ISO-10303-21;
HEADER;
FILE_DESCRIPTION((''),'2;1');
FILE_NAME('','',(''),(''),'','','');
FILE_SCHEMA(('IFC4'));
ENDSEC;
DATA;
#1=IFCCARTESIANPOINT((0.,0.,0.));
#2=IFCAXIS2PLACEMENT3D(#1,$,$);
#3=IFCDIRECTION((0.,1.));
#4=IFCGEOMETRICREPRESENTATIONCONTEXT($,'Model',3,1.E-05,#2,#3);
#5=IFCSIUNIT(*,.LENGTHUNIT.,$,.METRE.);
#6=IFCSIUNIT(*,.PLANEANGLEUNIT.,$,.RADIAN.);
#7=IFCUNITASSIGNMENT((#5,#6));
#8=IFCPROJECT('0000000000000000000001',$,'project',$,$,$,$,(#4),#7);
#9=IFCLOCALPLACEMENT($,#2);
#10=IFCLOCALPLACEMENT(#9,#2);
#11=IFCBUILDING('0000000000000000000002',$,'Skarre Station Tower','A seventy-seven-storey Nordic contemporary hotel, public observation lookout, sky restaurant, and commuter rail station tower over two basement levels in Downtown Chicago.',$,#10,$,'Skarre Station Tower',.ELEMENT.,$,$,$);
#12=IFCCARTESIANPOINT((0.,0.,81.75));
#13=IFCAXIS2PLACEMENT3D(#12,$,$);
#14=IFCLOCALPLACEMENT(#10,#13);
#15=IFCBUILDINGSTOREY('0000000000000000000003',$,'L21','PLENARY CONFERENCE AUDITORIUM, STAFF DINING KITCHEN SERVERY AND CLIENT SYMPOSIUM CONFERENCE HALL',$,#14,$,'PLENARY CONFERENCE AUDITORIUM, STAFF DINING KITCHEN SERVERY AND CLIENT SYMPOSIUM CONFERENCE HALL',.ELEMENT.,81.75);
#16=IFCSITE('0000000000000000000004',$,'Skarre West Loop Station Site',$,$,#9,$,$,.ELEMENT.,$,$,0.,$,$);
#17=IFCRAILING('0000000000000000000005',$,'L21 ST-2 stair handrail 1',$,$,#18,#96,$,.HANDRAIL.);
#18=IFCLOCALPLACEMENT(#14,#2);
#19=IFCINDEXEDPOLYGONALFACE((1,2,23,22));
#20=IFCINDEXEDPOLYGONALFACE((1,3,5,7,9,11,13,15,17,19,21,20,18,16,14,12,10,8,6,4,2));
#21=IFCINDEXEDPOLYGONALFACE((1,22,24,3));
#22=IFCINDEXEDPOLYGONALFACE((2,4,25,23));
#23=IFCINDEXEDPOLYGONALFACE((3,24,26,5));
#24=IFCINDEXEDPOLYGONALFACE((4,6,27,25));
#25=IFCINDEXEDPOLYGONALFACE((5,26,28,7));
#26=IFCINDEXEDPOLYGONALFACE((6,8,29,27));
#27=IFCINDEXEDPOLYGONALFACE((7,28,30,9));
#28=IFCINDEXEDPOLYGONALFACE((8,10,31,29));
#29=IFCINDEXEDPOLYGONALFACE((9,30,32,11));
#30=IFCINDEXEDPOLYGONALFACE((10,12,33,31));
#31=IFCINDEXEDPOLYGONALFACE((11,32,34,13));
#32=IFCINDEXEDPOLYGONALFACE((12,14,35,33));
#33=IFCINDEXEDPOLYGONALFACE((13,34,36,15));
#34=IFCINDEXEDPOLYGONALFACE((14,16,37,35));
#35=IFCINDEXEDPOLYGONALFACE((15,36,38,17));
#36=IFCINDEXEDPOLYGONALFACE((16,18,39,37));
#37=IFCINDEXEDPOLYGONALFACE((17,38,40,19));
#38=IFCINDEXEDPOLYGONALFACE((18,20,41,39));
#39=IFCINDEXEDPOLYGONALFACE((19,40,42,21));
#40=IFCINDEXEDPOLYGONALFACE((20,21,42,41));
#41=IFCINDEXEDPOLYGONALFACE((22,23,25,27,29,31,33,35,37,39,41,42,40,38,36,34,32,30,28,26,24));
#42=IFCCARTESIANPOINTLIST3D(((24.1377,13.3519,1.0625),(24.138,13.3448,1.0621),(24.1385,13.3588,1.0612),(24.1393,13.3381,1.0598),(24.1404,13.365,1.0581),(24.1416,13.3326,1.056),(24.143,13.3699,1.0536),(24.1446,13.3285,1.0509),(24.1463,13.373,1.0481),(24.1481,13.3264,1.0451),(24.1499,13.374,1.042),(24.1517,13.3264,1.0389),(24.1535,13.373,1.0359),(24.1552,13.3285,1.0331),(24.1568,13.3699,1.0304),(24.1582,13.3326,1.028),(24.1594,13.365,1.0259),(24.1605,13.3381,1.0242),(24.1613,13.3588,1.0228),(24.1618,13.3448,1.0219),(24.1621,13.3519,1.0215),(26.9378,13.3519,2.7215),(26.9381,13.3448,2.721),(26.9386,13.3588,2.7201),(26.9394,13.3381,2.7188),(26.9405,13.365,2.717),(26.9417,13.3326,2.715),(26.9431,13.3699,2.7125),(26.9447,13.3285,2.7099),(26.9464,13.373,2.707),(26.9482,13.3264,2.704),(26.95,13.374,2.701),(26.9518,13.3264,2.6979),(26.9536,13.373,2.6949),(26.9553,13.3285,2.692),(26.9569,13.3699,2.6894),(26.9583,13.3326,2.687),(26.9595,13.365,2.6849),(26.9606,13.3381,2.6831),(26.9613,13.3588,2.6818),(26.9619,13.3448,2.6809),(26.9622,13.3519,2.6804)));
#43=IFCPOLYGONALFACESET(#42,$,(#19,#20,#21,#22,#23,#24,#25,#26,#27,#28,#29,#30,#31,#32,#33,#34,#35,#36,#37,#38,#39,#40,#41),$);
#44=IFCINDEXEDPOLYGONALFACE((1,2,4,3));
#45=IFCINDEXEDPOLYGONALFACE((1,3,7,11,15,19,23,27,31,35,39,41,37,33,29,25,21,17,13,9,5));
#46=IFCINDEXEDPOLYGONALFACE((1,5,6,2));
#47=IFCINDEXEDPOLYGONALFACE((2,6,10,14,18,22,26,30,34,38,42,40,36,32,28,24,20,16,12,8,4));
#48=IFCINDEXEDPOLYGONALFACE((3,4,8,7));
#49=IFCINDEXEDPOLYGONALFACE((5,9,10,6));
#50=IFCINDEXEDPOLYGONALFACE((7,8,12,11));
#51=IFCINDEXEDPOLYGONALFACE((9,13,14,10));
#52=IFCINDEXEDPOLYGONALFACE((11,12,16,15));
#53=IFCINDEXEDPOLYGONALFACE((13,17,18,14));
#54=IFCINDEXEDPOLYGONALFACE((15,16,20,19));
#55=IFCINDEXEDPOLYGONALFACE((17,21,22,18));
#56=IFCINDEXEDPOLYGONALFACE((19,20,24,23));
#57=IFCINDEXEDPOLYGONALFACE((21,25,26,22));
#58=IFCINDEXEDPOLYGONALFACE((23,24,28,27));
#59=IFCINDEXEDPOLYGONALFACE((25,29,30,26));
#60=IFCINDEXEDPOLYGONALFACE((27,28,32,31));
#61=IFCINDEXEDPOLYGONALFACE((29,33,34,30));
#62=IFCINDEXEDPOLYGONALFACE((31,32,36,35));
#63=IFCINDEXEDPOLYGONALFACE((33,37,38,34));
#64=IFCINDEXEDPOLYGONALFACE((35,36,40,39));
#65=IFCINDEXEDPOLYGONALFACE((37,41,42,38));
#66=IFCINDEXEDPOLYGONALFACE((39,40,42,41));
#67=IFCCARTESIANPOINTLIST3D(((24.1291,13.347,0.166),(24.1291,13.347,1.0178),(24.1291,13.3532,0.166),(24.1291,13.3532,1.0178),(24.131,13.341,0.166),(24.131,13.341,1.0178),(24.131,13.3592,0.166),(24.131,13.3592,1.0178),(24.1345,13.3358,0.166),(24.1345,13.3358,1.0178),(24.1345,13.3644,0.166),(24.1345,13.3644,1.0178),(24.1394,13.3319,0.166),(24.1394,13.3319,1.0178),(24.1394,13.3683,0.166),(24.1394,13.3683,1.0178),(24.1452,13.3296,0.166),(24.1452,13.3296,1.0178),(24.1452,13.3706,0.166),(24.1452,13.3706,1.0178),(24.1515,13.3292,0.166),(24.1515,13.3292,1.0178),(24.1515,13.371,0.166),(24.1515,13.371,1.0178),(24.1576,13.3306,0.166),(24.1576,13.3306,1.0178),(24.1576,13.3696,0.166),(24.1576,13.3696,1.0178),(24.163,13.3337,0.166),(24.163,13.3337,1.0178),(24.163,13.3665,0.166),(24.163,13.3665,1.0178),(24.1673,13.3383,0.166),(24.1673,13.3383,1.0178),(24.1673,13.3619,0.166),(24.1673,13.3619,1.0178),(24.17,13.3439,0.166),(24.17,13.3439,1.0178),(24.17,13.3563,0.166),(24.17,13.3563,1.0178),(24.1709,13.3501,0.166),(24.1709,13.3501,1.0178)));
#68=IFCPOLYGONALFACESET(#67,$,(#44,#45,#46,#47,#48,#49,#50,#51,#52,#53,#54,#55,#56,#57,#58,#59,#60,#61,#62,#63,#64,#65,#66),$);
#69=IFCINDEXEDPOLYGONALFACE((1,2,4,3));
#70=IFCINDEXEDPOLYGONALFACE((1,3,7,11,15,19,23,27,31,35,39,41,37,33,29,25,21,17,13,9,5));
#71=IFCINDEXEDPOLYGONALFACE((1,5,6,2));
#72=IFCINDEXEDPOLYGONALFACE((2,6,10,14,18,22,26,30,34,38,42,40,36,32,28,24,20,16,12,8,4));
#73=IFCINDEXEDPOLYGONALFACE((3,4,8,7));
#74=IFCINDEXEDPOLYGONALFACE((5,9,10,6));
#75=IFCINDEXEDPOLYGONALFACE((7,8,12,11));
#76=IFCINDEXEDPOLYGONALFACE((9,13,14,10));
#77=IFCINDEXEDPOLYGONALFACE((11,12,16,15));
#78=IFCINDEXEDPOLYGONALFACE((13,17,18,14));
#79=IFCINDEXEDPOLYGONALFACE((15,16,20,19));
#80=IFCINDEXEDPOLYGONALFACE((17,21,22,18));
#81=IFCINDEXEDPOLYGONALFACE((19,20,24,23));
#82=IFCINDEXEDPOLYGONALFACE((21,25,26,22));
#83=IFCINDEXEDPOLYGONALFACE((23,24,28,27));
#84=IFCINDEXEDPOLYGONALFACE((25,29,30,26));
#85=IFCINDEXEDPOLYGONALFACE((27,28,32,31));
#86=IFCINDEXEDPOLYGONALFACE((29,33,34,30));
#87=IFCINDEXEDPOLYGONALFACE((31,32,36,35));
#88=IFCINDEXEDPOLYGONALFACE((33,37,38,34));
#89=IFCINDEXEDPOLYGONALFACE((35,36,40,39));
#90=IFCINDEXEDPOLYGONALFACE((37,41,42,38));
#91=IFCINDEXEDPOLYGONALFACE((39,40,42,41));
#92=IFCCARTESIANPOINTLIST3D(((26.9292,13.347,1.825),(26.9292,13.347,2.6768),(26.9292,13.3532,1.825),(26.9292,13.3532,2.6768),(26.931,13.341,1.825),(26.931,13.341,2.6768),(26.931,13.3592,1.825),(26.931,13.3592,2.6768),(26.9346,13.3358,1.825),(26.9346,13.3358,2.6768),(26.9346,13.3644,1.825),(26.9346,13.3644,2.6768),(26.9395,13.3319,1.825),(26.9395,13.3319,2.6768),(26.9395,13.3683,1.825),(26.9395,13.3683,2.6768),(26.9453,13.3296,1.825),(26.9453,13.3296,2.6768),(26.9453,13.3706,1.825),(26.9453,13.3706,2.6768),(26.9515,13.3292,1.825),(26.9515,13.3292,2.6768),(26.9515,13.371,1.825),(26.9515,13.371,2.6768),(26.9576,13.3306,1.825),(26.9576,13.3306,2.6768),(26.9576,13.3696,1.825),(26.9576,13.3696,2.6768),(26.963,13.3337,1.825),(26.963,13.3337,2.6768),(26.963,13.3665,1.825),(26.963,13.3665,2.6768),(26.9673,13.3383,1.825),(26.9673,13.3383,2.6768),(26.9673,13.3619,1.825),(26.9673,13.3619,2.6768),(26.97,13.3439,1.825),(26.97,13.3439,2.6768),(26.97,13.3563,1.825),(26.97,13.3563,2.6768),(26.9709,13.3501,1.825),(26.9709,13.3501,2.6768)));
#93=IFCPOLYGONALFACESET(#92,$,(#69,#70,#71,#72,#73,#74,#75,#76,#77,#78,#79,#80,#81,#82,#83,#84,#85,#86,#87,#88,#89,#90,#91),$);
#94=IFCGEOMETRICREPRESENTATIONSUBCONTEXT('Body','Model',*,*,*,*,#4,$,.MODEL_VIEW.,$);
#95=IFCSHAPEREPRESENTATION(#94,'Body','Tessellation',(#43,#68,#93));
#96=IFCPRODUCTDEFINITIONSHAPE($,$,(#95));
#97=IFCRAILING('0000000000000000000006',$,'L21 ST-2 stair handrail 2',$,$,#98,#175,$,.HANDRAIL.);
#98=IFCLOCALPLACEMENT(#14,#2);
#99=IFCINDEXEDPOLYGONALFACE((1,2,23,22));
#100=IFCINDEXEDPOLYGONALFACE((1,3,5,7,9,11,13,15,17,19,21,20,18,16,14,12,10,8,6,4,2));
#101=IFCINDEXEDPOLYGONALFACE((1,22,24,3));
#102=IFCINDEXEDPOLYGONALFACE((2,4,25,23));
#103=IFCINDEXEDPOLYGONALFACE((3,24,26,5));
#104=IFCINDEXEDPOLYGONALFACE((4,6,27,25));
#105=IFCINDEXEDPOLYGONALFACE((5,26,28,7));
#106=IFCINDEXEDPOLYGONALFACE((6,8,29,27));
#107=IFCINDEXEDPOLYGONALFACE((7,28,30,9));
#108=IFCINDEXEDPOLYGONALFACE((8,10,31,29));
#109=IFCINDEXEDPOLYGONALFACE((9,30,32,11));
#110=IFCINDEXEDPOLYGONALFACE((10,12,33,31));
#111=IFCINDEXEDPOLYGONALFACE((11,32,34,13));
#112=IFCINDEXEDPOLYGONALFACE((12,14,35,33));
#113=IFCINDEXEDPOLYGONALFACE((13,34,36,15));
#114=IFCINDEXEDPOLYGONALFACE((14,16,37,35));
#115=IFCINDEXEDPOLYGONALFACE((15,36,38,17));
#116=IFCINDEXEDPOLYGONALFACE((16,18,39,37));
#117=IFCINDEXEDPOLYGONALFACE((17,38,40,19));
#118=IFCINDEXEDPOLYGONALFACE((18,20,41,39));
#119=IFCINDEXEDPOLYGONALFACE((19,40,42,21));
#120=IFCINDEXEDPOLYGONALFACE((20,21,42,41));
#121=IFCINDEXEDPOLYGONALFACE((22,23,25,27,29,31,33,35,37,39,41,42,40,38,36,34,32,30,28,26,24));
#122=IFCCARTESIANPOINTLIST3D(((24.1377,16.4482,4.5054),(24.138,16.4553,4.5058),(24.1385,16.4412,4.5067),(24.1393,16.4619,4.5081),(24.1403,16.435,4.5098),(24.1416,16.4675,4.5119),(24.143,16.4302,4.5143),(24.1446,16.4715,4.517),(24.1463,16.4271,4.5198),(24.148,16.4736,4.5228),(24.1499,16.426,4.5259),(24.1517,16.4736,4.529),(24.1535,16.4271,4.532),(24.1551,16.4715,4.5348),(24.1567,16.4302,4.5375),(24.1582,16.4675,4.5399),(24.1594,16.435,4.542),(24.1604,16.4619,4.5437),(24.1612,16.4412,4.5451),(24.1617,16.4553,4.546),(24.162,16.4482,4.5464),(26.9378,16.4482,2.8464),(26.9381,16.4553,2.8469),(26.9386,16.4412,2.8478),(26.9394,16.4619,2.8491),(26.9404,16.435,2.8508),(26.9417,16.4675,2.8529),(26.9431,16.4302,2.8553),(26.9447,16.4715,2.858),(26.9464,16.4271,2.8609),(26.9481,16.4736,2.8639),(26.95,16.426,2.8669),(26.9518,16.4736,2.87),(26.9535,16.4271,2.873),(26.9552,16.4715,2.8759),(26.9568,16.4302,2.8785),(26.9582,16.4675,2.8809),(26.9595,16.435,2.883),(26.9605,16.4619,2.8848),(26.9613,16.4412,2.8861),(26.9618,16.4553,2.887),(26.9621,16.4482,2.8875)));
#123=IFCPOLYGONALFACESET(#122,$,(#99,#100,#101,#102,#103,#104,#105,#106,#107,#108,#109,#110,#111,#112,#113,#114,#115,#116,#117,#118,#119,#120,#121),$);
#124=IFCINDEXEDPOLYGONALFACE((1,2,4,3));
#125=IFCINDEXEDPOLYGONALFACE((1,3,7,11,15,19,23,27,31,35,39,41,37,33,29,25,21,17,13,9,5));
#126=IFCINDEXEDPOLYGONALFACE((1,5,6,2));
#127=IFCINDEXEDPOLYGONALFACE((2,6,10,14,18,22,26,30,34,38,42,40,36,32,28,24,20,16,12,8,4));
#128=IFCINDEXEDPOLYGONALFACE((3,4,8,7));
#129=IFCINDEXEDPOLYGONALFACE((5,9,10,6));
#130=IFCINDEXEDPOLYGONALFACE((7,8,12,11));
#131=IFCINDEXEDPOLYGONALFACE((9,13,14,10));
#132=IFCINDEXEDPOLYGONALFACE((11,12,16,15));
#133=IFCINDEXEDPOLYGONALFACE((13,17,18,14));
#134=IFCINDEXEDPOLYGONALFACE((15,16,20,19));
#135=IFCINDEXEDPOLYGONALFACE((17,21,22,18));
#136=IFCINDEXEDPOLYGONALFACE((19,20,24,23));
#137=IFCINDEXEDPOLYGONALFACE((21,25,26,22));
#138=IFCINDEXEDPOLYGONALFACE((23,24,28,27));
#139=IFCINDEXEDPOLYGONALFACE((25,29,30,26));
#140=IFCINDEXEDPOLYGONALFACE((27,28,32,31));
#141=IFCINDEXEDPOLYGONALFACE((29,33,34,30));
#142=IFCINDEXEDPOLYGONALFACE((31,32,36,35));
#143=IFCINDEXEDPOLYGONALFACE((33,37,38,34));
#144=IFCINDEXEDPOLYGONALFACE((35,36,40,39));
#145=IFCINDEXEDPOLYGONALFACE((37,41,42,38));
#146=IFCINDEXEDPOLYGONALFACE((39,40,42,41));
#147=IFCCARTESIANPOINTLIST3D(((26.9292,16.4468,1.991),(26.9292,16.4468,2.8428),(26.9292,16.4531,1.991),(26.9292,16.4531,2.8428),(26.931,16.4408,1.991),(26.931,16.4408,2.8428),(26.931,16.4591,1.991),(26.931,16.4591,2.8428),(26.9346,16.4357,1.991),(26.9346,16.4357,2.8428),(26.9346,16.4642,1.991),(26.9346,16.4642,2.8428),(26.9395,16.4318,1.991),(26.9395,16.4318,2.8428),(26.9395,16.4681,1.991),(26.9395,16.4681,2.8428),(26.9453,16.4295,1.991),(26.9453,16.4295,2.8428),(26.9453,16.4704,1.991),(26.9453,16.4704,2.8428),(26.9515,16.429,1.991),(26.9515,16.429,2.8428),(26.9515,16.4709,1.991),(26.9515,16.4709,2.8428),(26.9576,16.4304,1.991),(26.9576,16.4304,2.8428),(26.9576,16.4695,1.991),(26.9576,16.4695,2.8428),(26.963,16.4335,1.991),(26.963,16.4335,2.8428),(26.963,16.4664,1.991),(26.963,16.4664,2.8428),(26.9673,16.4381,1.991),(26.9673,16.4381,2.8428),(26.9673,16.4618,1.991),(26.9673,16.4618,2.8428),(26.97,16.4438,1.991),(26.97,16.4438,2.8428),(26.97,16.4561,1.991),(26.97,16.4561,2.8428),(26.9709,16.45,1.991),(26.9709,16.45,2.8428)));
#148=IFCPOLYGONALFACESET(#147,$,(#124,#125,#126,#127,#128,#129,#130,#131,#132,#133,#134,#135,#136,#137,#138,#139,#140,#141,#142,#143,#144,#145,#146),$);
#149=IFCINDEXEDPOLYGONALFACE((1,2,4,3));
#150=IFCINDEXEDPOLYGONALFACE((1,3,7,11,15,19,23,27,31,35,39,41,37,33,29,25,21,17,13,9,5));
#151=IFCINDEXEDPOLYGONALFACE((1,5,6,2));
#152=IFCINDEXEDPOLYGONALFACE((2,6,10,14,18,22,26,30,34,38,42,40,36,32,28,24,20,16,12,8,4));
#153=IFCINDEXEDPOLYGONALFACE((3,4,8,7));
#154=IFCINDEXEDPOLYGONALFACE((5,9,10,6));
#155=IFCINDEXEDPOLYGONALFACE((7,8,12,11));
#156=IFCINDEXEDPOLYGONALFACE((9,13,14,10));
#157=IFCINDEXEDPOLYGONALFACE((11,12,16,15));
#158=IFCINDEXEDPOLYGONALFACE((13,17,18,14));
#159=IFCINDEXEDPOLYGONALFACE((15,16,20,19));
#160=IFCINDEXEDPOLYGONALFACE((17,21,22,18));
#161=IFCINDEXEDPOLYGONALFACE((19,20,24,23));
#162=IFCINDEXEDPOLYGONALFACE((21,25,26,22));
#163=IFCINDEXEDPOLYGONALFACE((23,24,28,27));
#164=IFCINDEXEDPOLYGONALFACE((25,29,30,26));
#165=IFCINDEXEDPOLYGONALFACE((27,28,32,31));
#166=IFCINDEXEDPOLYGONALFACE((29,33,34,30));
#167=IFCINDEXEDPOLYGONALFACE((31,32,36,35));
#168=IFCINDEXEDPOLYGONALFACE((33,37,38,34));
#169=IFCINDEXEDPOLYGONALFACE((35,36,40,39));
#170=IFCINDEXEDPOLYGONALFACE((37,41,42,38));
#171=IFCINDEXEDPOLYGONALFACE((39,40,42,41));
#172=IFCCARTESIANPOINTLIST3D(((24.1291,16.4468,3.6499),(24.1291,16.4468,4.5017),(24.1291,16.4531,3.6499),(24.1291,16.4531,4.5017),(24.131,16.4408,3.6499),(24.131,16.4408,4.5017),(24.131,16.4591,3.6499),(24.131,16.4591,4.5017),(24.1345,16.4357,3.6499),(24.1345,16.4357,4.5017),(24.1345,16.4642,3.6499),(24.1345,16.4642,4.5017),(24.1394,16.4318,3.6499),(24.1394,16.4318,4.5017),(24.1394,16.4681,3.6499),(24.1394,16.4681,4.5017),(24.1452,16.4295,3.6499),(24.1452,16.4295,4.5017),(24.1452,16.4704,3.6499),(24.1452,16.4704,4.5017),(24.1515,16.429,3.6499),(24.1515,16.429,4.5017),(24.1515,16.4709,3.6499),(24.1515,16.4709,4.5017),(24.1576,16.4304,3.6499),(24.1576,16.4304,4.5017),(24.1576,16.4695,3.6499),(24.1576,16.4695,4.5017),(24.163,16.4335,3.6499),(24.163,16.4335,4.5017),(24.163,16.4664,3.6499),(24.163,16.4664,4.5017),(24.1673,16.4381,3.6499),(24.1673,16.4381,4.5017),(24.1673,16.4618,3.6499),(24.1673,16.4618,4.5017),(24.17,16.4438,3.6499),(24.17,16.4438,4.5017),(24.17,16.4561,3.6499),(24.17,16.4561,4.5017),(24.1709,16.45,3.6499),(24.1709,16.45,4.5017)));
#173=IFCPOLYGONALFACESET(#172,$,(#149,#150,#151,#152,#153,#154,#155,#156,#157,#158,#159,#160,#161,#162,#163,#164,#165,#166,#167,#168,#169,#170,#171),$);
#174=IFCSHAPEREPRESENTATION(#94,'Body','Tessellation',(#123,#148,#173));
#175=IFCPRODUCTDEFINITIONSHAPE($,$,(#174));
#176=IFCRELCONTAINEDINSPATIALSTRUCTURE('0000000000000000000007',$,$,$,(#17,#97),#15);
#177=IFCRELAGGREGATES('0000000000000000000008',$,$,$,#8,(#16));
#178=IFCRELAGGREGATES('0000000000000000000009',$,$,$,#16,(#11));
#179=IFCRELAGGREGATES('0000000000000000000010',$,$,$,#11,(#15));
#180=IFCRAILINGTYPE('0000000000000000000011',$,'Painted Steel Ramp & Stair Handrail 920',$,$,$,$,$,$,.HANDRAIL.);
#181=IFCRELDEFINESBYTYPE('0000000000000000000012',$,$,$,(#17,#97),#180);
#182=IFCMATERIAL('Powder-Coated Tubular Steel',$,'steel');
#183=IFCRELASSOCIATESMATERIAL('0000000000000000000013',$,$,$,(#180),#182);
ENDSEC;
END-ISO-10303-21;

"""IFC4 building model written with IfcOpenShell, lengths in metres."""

from ifc_helpers import new_model, si_unit, direction, frame, origin, origin_2d, place, context, subcontext, project, spatial, circle, extrude, material, type_object, element, save


model = new_model("IFC4")

# Units and contexts
model_context = context("Model", 3, precision=1e-05, world=origin(), true_north=direction((0.0, 1.0)))
body_context = subcontext(model_context, "Body", "Model", "MODEL_VIEW")
ifc_project = project(units=[si_unit("LENGTHUNIT", "METRE"), si_unit("PLANEANGLEUNIT", "RADIAN")], contexts=[model_context])

# Site, building, storey
site_placement = place(None, origin())
site = spatial("IfcSite", under=ifc_project, at=site_placement, Name="Skarre West Loop Station Site", CompositionType="ELEMENT", RefElevation=0.0)
building_placement = place(site_placement, origin())
building = spatial("IfcBuilding", under=site, at=building_placement, Name="Skarre Station Tower", Description="A seventy-seven-storey Nordic contemporary hotel, public observation lookout, sky restaurant, and commuter rail station tower over two basement levels in Downtown Chicago.", LongName="Skarre Station Tower", CompositionType="ELEMENT")
storey_placement = place(building_placement, frame((0.0, 0.0, 81.75)))
storey = spatial("IfcBuildingStorey", under=building, at=storey_placement, Name="L21", Description="PLENARY CONFERENCE AUDITORIUM, STAFF DINING KITCHEN SERVERY AND CLIENT SYMPOSIUM CONFERENCE HALL", LongName="PLENARY CONFERENCE AUDITORIUM, STAFF DINING KITCHEN SERVERY AND CLIENT SYMPOSIUM CONFERENCE HALL", CompositionType="ELEMENT", Elevation=81.75)

# Railings
ifc_material_1 = material(Name="Powder-Coated Tubular Steel", Category="steel")
railing_type_1 = type_object("IfcRailingType", Name="Painted Steel Ramp & Stair Handrail 920", PredefinedType="HANDRAIL", material=ifc_material_1)
railing_1_placement = place(storey_placement, frame((24.1499, 13.3501, 0.166)))
element("IfcRailing", 1, at=railing_1_placement, inside=storey, type_object=railing_type_1, Name="L21 ST-2 stair handrail 1", PredefinedType="HANDRAIL", context=body_context, shape_type="SweptSolid", body=[
    extrude(circle(Radius=0.0239, at=origin_2d()), frame((0.0, 0.0, 0.876), z_axis=(0.860339, 0.0, 0.509722), x_axis=(0.0, 1.0, 0.0)), (0.0, 0.0, 1.0), 3.2546),
    extrude(circle(Radius=0.021, at=origin_2d()), origin(), (0.0, 0.0, 1.0), 0.8518),
    extrude(circle(Radius=0.021, at=origin_2d()), frame((2.8, 0.0, 1.6589)), (0.0, 0.0, 1.0), 0.8518),
])
railing_2_placement = place(storey_placement, frame((26.95, 16.45, 1.991)))
element("IfcRailing", 2, at=railing_2_placement, inside=storey, type_object=railing_type_1, Name="L21 ST-2 stair handrail 2", PredefinedType="HANDRAIL", context=body_context, shape_type="SweptSolid", body=[
    extrude(circle(Radius=0.0239, at=origin_2d()), frame((0.0, 0.0, 0.876), z_axis=(-0.860339, 0.0, 0.509722), x_axis=(0.0, -1.0, 0.0)), (0.0, 0.0, 1.0), 3.2546),
    extrude(circle(Radius=0.021, at=origin_2d()), origin(), (0.0, 0.0, 1.0), 0.8518),
    extrude(circle(Radius=0.021, at=origin_2d()), frame((-2.8, 0.0, 1.6589)), (0.0, 0.0, 1.0), 0.8518),
])

save(model, "model.ifc")
